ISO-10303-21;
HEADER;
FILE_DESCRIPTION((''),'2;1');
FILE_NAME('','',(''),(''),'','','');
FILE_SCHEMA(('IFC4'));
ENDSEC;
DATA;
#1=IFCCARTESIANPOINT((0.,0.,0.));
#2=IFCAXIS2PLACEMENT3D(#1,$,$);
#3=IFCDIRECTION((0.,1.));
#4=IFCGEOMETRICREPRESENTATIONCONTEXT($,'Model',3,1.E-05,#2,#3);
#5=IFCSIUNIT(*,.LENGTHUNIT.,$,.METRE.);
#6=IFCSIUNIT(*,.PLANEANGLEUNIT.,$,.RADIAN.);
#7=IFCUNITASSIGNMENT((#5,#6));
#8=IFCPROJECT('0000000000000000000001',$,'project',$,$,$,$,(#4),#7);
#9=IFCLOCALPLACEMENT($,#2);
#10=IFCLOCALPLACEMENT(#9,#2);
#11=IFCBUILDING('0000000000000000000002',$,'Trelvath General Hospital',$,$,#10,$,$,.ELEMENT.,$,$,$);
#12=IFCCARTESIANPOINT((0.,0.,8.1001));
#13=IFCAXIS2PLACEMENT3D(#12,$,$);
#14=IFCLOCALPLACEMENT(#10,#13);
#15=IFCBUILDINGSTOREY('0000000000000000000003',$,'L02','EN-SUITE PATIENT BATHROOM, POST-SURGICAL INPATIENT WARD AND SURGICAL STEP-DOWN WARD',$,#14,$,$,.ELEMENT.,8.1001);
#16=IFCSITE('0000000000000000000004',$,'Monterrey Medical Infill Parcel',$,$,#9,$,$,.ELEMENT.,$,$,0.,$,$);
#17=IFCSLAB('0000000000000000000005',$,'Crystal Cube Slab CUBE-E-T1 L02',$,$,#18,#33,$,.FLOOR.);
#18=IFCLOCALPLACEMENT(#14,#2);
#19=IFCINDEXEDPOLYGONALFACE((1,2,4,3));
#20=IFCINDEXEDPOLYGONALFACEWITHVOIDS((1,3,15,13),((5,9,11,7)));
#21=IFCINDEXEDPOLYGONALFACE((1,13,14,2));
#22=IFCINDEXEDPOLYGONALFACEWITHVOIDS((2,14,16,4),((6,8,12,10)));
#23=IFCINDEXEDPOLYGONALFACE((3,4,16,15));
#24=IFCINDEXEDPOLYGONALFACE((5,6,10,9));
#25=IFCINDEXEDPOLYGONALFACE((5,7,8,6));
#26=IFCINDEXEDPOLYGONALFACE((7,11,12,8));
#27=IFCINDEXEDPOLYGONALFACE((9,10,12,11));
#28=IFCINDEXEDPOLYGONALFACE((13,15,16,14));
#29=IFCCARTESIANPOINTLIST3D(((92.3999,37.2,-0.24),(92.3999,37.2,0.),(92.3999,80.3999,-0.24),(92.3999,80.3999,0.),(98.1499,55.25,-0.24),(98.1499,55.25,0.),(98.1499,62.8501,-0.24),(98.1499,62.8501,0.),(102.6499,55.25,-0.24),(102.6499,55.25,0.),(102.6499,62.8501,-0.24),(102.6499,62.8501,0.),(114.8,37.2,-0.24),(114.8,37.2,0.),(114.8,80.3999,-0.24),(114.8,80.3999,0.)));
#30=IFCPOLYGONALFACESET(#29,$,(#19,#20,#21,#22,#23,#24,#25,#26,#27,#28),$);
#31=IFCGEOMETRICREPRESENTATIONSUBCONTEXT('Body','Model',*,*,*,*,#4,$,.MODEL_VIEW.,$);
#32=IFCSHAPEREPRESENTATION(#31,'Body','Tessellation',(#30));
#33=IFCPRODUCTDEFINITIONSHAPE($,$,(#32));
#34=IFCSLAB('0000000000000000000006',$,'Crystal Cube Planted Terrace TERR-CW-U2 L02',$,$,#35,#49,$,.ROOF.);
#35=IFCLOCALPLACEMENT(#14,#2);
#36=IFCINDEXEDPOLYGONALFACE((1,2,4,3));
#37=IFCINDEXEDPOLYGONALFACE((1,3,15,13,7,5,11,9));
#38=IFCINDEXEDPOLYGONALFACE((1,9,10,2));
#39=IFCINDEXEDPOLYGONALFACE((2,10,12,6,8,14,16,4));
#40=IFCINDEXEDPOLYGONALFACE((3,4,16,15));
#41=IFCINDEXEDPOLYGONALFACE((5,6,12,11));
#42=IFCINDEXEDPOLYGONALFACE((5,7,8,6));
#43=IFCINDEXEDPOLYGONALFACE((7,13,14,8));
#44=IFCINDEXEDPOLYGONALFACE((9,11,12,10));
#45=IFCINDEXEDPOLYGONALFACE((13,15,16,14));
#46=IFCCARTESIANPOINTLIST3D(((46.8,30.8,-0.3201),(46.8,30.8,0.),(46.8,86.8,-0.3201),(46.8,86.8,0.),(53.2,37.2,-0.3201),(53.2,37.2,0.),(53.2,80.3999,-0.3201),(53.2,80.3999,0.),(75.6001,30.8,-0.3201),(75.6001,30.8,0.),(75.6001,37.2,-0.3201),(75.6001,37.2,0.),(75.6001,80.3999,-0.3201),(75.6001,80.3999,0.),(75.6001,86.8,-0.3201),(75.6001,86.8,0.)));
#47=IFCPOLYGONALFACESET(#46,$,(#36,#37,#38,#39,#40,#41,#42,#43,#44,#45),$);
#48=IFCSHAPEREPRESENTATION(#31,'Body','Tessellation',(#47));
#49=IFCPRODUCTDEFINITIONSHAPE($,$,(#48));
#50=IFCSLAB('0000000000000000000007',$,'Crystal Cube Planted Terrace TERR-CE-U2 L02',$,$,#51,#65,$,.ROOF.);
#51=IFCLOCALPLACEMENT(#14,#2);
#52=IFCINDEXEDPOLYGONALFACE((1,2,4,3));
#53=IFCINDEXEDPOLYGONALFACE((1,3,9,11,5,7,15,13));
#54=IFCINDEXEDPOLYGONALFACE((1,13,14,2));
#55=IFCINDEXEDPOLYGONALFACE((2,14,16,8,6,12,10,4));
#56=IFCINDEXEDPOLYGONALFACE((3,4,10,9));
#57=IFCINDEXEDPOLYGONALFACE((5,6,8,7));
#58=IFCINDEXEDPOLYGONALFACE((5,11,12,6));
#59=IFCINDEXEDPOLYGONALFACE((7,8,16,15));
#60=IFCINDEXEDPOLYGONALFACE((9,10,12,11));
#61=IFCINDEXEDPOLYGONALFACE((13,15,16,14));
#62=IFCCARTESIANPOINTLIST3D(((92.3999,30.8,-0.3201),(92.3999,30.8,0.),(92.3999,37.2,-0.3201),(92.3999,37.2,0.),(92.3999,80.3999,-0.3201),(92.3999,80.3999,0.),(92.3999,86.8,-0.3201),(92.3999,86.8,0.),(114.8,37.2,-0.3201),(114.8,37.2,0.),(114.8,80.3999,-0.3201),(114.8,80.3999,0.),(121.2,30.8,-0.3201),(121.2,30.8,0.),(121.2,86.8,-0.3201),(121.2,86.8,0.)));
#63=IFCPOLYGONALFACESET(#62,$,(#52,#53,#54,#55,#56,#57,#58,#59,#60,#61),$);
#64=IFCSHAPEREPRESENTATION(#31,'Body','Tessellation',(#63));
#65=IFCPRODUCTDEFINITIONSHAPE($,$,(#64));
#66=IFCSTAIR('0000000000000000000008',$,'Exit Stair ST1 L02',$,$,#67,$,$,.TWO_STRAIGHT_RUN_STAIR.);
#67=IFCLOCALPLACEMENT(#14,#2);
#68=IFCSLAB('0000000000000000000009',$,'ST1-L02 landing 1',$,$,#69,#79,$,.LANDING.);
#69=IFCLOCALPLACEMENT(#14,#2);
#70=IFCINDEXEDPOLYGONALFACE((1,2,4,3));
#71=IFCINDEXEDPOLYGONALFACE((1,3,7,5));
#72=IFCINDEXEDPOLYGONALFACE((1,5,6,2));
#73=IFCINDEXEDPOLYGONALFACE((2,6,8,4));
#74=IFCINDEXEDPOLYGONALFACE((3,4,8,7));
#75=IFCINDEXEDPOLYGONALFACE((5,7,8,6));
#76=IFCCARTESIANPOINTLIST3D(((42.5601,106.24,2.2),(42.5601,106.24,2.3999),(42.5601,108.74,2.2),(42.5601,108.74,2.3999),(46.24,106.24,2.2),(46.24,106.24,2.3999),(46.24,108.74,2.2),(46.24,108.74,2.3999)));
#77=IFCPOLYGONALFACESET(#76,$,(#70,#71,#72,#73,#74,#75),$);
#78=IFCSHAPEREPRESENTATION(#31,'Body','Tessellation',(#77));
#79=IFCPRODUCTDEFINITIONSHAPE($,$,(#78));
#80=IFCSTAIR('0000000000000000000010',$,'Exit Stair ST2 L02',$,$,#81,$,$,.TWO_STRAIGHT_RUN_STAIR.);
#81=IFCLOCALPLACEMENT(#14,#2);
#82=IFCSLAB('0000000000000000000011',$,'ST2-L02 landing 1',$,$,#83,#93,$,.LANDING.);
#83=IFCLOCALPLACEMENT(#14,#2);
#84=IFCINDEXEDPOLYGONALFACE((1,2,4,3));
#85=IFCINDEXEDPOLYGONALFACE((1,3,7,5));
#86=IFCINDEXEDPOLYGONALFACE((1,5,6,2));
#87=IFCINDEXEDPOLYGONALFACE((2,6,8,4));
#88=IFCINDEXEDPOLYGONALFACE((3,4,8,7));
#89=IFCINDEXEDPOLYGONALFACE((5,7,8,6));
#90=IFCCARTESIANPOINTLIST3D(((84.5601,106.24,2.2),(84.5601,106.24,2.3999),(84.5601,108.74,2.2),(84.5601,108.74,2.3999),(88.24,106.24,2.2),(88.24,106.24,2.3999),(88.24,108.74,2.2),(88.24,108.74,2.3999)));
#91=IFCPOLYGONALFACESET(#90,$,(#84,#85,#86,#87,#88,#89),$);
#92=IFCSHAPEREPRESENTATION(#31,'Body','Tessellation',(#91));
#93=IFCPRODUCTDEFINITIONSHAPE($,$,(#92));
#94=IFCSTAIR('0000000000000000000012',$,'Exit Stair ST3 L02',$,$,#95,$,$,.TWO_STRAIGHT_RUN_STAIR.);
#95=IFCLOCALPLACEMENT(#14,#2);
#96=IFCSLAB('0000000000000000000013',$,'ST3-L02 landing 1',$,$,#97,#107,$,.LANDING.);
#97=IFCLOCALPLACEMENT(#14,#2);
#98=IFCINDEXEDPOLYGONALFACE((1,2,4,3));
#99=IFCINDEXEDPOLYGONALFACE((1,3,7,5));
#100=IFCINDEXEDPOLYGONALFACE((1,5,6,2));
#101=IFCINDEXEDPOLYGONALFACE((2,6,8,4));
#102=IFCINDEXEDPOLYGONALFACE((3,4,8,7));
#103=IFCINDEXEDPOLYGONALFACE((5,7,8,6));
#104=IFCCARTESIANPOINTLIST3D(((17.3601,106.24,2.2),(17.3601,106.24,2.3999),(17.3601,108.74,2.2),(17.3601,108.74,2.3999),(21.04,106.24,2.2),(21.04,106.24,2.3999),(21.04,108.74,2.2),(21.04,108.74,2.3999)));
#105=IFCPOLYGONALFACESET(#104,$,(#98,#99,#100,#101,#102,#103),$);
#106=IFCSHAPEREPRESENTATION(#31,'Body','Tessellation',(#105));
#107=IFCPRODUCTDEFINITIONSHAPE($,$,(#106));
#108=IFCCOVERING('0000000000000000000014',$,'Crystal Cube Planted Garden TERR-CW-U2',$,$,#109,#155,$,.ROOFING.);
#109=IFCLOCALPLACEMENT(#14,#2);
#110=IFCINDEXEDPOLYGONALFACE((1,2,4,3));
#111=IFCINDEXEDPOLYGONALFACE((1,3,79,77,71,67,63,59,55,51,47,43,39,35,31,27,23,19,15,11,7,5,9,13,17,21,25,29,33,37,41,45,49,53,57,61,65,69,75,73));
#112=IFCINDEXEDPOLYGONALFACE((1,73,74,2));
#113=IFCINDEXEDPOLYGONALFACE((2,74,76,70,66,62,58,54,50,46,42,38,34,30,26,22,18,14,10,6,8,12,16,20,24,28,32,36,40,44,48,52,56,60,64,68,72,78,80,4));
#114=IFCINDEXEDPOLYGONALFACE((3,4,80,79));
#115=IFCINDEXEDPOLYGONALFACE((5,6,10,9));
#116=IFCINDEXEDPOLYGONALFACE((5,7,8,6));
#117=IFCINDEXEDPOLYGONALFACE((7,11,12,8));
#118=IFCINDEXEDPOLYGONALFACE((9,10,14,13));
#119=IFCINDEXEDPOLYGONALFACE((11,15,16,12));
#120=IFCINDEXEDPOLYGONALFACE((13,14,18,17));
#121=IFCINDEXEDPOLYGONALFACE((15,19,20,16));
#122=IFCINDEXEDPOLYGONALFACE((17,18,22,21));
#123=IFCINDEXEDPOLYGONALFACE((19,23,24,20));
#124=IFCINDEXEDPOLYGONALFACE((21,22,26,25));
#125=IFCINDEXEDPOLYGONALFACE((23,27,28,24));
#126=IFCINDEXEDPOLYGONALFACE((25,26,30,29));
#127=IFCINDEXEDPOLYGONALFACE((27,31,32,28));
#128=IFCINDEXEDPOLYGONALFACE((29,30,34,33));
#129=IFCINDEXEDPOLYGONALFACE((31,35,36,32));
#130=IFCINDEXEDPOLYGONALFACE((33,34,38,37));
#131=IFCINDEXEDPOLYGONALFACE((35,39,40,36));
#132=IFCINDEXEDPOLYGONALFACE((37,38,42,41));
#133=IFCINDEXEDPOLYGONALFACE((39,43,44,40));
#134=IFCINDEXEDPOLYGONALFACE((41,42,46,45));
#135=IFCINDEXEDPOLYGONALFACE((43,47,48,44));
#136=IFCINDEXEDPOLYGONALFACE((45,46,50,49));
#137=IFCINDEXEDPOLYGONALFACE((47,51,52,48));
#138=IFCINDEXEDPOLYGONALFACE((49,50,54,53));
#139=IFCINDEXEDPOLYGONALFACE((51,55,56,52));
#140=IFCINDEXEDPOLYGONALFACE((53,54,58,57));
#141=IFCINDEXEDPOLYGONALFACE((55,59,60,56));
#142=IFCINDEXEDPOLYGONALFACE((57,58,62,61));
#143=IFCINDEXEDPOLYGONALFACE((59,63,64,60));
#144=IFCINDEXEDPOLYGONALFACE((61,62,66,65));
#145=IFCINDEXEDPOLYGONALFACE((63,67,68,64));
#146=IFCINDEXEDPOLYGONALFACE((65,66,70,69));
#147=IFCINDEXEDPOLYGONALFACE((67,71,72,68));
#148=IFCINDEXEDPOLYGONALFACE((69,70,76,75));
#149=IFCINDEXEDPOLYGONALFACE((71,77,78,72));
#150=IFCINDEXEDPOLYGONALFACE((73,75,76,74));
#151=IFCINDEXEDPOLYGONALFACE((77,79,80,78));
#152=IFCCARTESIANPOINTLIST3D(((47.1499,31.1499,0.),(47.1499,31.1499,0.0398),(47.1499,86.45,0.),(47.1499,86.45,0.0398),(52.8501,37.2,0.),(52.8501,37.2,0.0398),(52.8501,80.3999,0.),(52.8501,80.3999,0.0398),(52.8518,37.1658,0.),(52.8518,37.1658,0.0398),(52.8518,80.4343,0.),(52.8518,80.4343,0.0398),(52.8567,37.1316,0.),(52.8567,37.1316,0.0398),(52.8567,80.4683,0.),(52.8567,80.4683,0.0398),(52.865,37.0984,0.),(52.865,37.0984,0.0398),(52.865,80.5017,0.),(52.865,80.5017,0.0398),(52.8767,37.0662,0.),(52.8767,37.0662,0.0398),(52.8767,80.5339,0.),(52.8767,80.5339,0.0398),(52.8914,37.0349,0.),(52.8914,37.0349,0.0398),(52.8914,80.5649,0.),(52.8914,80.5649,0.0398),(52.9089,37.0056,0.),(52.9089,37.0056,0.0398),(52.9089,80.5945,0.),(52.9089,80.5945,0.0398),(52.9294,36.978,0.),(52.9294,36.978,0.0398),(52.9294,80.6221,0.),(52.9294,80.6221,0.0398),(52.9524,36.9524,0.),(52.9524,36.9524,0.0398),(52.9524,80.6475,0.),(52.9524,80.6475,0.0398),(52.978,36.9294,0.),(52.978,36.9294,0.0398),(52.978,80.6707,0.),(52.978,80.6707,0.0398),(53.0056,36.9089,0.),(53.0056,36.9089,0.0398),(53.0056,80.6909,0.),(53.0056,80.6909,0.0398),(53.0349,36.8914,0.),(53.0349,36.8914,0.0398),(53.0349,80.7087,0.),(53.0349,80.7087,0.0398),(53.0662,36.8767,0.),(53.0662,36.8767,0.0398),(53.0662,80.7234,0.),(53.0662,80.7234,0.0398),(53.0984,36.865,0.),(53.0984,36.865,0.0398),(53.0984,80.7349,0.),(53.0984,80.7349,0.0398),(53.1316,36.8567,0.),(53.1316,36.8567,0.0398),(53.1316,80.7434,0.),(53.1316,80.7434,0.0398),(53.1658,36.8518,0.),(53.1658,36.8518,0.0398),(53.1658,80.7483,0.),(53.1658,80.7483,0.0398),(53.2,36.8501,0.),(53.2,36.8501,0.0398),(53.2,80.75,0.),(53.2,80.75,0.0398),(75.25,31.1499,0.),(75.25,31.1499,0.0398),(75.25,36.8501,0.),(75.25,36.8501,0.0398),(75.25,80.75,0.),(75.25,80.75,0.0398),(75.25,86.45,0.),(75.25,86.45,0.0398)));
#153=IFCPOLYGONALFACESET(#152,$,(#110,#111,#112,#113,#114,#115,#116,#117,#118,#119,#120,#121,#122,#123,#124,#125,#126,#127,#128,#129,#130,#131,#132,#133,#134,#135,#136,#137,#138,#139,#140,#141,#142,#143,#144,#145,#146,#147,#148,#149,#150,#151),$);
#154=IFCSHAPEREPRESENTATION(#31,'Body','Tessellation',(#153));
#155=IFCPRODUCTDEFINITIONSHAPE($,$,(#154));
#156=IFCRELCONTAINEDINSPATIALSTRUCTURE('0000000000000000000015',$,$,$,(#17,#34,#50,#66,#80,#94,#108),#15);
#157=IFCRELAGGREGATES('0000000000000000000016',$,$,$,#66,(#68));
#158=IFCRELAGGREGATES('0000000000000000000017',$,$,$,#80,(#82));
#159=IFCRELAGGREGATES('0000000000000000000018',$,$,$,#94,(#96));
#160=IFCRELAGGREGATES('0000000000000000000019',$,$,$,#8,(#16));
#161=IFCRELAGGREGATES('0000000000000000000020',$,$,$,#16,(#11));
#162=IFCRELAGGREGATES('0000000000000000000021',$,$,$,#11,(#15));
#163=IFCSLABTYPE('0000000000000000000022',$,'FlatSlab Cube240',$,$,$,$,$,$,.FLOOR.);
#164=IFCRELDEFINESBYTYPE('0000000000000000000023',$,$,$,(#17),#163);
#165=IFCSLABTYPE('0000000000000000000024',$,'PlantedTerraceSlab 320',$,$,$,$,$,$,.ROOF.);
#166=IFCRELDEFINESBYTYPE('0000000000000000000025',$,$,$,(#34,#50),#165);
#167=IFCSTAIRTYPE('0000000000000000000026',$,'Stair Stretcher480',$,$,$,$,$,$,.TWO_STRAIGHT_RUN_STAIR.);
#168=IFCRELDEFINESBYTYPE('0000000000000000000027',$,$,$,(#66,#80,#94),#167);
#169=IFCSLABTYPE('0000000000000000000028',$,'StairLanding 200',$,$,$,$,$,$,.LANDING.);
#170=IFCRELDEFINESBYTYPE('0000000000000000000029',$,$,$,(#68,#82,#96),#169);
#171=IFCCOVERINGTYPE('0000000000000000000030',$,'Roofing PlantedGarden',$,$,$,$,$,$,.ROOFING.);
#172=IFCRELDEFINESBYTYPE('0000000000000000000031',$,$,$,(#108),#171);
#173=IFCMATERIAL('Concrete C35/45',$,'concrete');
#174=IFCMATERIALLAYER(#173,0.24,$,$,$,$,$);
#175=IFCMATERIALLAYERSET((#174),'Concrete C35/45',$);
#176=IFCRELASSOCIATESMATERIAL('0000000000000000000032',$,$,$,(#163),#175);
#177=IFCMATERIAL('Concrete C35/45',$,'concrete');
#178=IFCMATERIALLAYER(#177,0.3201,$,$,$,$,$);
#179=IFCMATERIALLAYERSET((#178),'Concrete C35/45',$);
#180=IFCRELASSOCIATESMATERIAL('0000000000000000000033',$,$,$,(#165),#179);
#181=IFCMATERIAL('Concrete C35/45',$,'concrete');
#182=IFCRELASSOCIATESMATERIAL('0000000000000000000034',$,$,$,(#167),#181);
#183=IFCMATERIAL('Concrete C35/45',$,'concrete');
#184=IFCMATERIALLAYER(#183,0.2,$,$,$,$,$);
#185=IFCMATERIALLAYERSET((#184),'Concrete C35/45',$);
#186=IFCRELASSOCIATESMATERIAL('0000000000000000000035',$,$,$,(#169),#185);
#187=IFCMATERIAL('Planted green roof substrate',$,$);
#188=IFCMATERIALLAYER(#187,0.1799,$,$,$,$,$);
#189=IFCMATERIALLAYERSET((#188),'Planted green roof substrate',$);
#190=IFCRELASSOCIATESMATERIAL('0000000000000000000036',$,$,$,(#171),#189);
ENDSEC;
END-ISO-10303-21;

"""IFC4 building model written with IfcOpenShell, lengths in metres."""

from ifc_helpers import new_model, si_unit, direction, frame, origin, place, context, subcontext, project, spatial, polyline, outline, extrude, material, layer, layer_set, type_object, element, aggregate, save


model = new_model("IFC4")

# Units and contexts
model_context = context("Model", 3, precision=1e-05, world=origin(), true_north=direction((0.0, 1.0)))
body_context = subcontext(model_context, "Body", "Model", "MODEL_VIEW")
ifc_project = project(units=[si_unit("LENGTHUNIT", "METRE"), si_unit("PLANEANGLEUNIT", "RADIAN")], contexts=[model_context])

# Site, building, storey
site_placement = place(None, origin())
site = spatial("IfcSite", under=ifc_project, at=site_placement, Name="Monterrey Medical Infill Parcel", CompositionType="ELEMENT", RefElevation=0.0)
building_placement = place(site_placement, origin())
building = spatial("IfcBuilding", under=site, at=building_placement, Name="Trelvath General Hospital", CompositionType="ELEMENT")
storey_placement = place(building_placement, frame((0.0, 0.0, 8.1001)))
storey = spatial("IfcBuildingStorey", under=building, at=storey_placement, Name="L02", Description="EN-SUITE PATIENT BATHROOM, POST-SURGICAL INPATIENT WARD AND SURGICAL STEP-DOWN WARD", CompositionType="ELEMENT", Elevation=8.1001)

# Slabs
ifc_material_1 = material(Name="Concrete C35/45", Category="concrete")
ifc_layer_1 = layer(ifc_material_1, 0.24)
ifc_layer_set_1 = layer_set([ifc_layer_1], Name="Concrete C35/45")
slab_type_1 = type_object("IfcSlabType", Name="FlatSlab Cube240", PredefinedType="FLOOR", material=ifc_layer_set_1)
slab_1_placement = place(storey_placement, frame((0.0, 0.0, -0.24)))
element("IfcSlab", 1, at=slab_1_placement, inside=storey, type_object=slab_type_1, Name="Crystal Cube Slab CUBE-E-T1 L02", PredefinedType="FLOOR", context=body_context, shape_type="SweptSolid", body=[
    extrude(outline(polyline([(92.3999, 37.2), (114.8, 37.2), (114.8, 80.3999), (92.3999, 80.3999), (92.3999, 37.2)]), holes=[polyline([(98.1499, 55.25), (102.6499, 55.25), (102.6499, 62.8501), (98.1499, 62.8501), (98.1499, 55.25)])]), origin(), (0.0, 0.0, 1.0), 0.24),
])
ifc_material_2 = material(Name="Concrete C35/45", Category="concrete")
ifc_layer_2 = layer(ifc_material_2, 0.3201)
ifc_layer_set_2 = layer_set([ifc_layer_2], Name="Concrete C35/45")
slab_type_2 = type_object("IfcSlabType", Name="PlantedTerraceSlab 320", PredefinedType="ROOF", material=ifc_layer_set_2)
slab_2_placement = place(storey_placement, frame((0.0, 0.0, -0.3201)))
element("IfcSlab", 2, at=slab_2_placement, inside=storey, type_object=slab_type_2, Name="Crystal Cube Planted Terrace TERR-CW-U2 L02", PredefinedType="ROOF", context=body_context, shape_type="SweptSolid", body=[
    extrude(outline(polyline([(46.8, 30.8), (75.6001, 30.8), (75.6001, 37.2), (53.2, 37.2), (53.2, 80.3999), (75.6001, 80.3999), (75.6001, 86.8), (46.8, 86.8), (46.8, 30.8)])), origin(), (0.0, 0.0, 1.0), 0.3201),
])
slab_3_placement = place(storey_placement, frame((0.0, 0.0, -0.3201)))
element("IfcSlab", 3, at=slab_3_placement, inside=storey, type_object=slab_type_2, Name="Crystal Cube Planted Terrace TERR-CE-U2 L02", PredefinedType="ROOF", context=body_context, shape_type="SweptSolid", body=[
    extrude(outline(polyline([(92.3999, 30.8), (121.2, 30.8), (121.2, 86.8), (92.3999, 86.8), (92.3999, 80.3999), (114.8, 80.3999), (114.8, 37.2), (92.3999, 37.2), (92.3999, 30.8)])), origin(), (0.0, 0.0, 1.0), 0.3201),
])

# Stairs, slabs
ifc_material_3 = material(Name="Concrete C35/45", Category="concrete")
stair_type = type_object("IfcStairType", Name="Stair Stretcher480", PredefinedType="TWO_STRAIGHT_RUN_STAIR", material=ifc_material_3)
stair_1_placement = place(storey_placement, origin())
stair_1 = element("IfcStair", 4, at=stair_1_placement, inside=storey, type_object=stair_type, Name="Exit Stair ST1 L02", PredefinedType="TWO_STRAIGHT_RUN_STAIR")
ifc_material_4 = material(Name="Concrete C35/45", Category="concrete")
ifc_layer_3 = layer(ifc_material_4, 0.2)
ifc_layer_set_3 = layer_set([ifc_layer_3], Name="Concrete C35/45")
slab_type_3 = type_object("IfcSlabType", Name="StairLanding 200", PredefinedType="LANDING", material=ifc_layer_set_3)
slab_4_placement = place(storey_placement, frame((0.0, 0.0, 2.2)))
slab_4 = element("IfcSlab", 5, at=slab_4_placement, type_object=slab_type_3, Name="ST1-L02 landing 1", PredefinedType="LANDING", context=body_context, shape_type="SweptSolid", body=[
    extrude(outline(polyline([(42.5601, 106.24), (46.24, 106.24), (46.24, 108.74), (42.5601, 108.74), (42.5601, 106.24)])), origin(), (0.0, 0.0, 1.0), 0.2),
])
aggregate(stair_1, [slab_4])
stair_2_placement = place(storey_placement, origin())
stair_2 = element("IfcStair", 6, at=stair_2_placement, inside=storey, type_object=stair_type, Name="Exit Stair ST2 L02", PredefinedType="TWO_STRAIGHT_RUN_STAIR")
slab_5_placement = place(storey_placement, frame((0.0, 0.0, 2.2)))
slab_5 = element("IfcSlab", 7, at=slab_5_placement, type_object=slab_type_3, Name="ST2-L02 landing 1", PredefinedType="LANDING", context=body_context, shape_type="SweptSolid", body=[
    extrude(outline(polyline([(84.5601, 106.24), (88.24, 106.24), (88.24, 108.74), (84.5601, 108.74), (84.5601, 106.24)])), origin(), (0.0, 0.0, 1.0), 0.2),
])
aggregate(stair_2, [slab_5])
stair_3_placement = place(storey_placement, origin())
stair_3 = element("IfcStair", 8, at=stair_3_placement, inside=storey, type_object=stair_type, Name="Exit Stair ST3 L02", PredefinedType="TWO_STRAIGHT_RUN_STAIR")
slab_6_placement = place(storey_placement, frame((0.0, 0.0, 2.2)))
slab_6 = element("IfcSlab", 9, at=slab_6_placement, type_object=slab_type_3, Name="ST3-L02 landing 1", PredefinedType="LANDING", context=body_context, shape_type="SweptSolid", body=[
    extrude(outline(polyline([(17.3601, 106.24), (21.04, 106.24), (21.04, 108.74), (17.3601, 108.74), (17.3601, 106.24)])), origin(), (0.0, 0.0, 1.0), 0.2),
])
aggregate(stair_3, [slab_6])

# Covering
ifc_material_5 = material(Name="Planted green roof substrate")
ifc_layer_4 = layer(ifc_material_5, 0.1799)
ifc_layer_set_4 = layer_set([ifc_layer_4], Name="Planted green roof substrate")
covering_type = type_object("IfcCoveringType", Name="Roofing PlantedGarden", PredefinedType="ROOFING", material=ifc_layer_set_4)
covering_1_placement = place(storey_placement, origin())
element("IfcCovering", 10, at=covering_1_placement, inside=storey, type_object=covering_type, Name="Crystal Cube Planted Garden TERR-CW-U2", PredefinedType="ROOFING", context=body_context, shape_type="SweptSolid", body=[
    extrude(outline(polyline([(47.1499, 31.1499), (47.1499, 86.45), (75.25, 86.45), (75.25, 80.75), (53.2, 80.75), (53.1658, 80.7483), (53.1316, 80.7434), (53.0984, 80.7349), (53.0662, 80.7234), (53.0349, 80.7087), (53.0056, 80.6909), (52.978, 80.6707), (52.9524, 80.6475), (52.9294, 80.6221), (52.9089, 80.5945), (52.8914, 80.5649), (52.8767, 80.5339), (52.865, 80.5017), (52.8567, 80.4683), (52.8518, 80.4343), (52.8501, 80.3999), (52.8501, 37.2), (52.8518, 37.1658), (52.8567, 37.1316), (52.865, 37.0984), (52.8767, 37.0662), (52.8914, 37.0349), (52.9089, 37.0056), (52.9294, 36.978), (52.9524, 36.9524), (52.978, 36.9294), (53.0056, 36.9089), (53.0349, 36.8914), (53.0662, 36.8767), (53.0984, 36.865), (53.1316, 36.8567), (53.1658, 36.8518), (53.2, 36.8501), (75.25, 36.8501), (75.25, 31.1499), (47.1499, 31.1499)])), origin(), (0.0, 0.0, 1.0), 0.0398),
])

save(model, "model.ifc")
